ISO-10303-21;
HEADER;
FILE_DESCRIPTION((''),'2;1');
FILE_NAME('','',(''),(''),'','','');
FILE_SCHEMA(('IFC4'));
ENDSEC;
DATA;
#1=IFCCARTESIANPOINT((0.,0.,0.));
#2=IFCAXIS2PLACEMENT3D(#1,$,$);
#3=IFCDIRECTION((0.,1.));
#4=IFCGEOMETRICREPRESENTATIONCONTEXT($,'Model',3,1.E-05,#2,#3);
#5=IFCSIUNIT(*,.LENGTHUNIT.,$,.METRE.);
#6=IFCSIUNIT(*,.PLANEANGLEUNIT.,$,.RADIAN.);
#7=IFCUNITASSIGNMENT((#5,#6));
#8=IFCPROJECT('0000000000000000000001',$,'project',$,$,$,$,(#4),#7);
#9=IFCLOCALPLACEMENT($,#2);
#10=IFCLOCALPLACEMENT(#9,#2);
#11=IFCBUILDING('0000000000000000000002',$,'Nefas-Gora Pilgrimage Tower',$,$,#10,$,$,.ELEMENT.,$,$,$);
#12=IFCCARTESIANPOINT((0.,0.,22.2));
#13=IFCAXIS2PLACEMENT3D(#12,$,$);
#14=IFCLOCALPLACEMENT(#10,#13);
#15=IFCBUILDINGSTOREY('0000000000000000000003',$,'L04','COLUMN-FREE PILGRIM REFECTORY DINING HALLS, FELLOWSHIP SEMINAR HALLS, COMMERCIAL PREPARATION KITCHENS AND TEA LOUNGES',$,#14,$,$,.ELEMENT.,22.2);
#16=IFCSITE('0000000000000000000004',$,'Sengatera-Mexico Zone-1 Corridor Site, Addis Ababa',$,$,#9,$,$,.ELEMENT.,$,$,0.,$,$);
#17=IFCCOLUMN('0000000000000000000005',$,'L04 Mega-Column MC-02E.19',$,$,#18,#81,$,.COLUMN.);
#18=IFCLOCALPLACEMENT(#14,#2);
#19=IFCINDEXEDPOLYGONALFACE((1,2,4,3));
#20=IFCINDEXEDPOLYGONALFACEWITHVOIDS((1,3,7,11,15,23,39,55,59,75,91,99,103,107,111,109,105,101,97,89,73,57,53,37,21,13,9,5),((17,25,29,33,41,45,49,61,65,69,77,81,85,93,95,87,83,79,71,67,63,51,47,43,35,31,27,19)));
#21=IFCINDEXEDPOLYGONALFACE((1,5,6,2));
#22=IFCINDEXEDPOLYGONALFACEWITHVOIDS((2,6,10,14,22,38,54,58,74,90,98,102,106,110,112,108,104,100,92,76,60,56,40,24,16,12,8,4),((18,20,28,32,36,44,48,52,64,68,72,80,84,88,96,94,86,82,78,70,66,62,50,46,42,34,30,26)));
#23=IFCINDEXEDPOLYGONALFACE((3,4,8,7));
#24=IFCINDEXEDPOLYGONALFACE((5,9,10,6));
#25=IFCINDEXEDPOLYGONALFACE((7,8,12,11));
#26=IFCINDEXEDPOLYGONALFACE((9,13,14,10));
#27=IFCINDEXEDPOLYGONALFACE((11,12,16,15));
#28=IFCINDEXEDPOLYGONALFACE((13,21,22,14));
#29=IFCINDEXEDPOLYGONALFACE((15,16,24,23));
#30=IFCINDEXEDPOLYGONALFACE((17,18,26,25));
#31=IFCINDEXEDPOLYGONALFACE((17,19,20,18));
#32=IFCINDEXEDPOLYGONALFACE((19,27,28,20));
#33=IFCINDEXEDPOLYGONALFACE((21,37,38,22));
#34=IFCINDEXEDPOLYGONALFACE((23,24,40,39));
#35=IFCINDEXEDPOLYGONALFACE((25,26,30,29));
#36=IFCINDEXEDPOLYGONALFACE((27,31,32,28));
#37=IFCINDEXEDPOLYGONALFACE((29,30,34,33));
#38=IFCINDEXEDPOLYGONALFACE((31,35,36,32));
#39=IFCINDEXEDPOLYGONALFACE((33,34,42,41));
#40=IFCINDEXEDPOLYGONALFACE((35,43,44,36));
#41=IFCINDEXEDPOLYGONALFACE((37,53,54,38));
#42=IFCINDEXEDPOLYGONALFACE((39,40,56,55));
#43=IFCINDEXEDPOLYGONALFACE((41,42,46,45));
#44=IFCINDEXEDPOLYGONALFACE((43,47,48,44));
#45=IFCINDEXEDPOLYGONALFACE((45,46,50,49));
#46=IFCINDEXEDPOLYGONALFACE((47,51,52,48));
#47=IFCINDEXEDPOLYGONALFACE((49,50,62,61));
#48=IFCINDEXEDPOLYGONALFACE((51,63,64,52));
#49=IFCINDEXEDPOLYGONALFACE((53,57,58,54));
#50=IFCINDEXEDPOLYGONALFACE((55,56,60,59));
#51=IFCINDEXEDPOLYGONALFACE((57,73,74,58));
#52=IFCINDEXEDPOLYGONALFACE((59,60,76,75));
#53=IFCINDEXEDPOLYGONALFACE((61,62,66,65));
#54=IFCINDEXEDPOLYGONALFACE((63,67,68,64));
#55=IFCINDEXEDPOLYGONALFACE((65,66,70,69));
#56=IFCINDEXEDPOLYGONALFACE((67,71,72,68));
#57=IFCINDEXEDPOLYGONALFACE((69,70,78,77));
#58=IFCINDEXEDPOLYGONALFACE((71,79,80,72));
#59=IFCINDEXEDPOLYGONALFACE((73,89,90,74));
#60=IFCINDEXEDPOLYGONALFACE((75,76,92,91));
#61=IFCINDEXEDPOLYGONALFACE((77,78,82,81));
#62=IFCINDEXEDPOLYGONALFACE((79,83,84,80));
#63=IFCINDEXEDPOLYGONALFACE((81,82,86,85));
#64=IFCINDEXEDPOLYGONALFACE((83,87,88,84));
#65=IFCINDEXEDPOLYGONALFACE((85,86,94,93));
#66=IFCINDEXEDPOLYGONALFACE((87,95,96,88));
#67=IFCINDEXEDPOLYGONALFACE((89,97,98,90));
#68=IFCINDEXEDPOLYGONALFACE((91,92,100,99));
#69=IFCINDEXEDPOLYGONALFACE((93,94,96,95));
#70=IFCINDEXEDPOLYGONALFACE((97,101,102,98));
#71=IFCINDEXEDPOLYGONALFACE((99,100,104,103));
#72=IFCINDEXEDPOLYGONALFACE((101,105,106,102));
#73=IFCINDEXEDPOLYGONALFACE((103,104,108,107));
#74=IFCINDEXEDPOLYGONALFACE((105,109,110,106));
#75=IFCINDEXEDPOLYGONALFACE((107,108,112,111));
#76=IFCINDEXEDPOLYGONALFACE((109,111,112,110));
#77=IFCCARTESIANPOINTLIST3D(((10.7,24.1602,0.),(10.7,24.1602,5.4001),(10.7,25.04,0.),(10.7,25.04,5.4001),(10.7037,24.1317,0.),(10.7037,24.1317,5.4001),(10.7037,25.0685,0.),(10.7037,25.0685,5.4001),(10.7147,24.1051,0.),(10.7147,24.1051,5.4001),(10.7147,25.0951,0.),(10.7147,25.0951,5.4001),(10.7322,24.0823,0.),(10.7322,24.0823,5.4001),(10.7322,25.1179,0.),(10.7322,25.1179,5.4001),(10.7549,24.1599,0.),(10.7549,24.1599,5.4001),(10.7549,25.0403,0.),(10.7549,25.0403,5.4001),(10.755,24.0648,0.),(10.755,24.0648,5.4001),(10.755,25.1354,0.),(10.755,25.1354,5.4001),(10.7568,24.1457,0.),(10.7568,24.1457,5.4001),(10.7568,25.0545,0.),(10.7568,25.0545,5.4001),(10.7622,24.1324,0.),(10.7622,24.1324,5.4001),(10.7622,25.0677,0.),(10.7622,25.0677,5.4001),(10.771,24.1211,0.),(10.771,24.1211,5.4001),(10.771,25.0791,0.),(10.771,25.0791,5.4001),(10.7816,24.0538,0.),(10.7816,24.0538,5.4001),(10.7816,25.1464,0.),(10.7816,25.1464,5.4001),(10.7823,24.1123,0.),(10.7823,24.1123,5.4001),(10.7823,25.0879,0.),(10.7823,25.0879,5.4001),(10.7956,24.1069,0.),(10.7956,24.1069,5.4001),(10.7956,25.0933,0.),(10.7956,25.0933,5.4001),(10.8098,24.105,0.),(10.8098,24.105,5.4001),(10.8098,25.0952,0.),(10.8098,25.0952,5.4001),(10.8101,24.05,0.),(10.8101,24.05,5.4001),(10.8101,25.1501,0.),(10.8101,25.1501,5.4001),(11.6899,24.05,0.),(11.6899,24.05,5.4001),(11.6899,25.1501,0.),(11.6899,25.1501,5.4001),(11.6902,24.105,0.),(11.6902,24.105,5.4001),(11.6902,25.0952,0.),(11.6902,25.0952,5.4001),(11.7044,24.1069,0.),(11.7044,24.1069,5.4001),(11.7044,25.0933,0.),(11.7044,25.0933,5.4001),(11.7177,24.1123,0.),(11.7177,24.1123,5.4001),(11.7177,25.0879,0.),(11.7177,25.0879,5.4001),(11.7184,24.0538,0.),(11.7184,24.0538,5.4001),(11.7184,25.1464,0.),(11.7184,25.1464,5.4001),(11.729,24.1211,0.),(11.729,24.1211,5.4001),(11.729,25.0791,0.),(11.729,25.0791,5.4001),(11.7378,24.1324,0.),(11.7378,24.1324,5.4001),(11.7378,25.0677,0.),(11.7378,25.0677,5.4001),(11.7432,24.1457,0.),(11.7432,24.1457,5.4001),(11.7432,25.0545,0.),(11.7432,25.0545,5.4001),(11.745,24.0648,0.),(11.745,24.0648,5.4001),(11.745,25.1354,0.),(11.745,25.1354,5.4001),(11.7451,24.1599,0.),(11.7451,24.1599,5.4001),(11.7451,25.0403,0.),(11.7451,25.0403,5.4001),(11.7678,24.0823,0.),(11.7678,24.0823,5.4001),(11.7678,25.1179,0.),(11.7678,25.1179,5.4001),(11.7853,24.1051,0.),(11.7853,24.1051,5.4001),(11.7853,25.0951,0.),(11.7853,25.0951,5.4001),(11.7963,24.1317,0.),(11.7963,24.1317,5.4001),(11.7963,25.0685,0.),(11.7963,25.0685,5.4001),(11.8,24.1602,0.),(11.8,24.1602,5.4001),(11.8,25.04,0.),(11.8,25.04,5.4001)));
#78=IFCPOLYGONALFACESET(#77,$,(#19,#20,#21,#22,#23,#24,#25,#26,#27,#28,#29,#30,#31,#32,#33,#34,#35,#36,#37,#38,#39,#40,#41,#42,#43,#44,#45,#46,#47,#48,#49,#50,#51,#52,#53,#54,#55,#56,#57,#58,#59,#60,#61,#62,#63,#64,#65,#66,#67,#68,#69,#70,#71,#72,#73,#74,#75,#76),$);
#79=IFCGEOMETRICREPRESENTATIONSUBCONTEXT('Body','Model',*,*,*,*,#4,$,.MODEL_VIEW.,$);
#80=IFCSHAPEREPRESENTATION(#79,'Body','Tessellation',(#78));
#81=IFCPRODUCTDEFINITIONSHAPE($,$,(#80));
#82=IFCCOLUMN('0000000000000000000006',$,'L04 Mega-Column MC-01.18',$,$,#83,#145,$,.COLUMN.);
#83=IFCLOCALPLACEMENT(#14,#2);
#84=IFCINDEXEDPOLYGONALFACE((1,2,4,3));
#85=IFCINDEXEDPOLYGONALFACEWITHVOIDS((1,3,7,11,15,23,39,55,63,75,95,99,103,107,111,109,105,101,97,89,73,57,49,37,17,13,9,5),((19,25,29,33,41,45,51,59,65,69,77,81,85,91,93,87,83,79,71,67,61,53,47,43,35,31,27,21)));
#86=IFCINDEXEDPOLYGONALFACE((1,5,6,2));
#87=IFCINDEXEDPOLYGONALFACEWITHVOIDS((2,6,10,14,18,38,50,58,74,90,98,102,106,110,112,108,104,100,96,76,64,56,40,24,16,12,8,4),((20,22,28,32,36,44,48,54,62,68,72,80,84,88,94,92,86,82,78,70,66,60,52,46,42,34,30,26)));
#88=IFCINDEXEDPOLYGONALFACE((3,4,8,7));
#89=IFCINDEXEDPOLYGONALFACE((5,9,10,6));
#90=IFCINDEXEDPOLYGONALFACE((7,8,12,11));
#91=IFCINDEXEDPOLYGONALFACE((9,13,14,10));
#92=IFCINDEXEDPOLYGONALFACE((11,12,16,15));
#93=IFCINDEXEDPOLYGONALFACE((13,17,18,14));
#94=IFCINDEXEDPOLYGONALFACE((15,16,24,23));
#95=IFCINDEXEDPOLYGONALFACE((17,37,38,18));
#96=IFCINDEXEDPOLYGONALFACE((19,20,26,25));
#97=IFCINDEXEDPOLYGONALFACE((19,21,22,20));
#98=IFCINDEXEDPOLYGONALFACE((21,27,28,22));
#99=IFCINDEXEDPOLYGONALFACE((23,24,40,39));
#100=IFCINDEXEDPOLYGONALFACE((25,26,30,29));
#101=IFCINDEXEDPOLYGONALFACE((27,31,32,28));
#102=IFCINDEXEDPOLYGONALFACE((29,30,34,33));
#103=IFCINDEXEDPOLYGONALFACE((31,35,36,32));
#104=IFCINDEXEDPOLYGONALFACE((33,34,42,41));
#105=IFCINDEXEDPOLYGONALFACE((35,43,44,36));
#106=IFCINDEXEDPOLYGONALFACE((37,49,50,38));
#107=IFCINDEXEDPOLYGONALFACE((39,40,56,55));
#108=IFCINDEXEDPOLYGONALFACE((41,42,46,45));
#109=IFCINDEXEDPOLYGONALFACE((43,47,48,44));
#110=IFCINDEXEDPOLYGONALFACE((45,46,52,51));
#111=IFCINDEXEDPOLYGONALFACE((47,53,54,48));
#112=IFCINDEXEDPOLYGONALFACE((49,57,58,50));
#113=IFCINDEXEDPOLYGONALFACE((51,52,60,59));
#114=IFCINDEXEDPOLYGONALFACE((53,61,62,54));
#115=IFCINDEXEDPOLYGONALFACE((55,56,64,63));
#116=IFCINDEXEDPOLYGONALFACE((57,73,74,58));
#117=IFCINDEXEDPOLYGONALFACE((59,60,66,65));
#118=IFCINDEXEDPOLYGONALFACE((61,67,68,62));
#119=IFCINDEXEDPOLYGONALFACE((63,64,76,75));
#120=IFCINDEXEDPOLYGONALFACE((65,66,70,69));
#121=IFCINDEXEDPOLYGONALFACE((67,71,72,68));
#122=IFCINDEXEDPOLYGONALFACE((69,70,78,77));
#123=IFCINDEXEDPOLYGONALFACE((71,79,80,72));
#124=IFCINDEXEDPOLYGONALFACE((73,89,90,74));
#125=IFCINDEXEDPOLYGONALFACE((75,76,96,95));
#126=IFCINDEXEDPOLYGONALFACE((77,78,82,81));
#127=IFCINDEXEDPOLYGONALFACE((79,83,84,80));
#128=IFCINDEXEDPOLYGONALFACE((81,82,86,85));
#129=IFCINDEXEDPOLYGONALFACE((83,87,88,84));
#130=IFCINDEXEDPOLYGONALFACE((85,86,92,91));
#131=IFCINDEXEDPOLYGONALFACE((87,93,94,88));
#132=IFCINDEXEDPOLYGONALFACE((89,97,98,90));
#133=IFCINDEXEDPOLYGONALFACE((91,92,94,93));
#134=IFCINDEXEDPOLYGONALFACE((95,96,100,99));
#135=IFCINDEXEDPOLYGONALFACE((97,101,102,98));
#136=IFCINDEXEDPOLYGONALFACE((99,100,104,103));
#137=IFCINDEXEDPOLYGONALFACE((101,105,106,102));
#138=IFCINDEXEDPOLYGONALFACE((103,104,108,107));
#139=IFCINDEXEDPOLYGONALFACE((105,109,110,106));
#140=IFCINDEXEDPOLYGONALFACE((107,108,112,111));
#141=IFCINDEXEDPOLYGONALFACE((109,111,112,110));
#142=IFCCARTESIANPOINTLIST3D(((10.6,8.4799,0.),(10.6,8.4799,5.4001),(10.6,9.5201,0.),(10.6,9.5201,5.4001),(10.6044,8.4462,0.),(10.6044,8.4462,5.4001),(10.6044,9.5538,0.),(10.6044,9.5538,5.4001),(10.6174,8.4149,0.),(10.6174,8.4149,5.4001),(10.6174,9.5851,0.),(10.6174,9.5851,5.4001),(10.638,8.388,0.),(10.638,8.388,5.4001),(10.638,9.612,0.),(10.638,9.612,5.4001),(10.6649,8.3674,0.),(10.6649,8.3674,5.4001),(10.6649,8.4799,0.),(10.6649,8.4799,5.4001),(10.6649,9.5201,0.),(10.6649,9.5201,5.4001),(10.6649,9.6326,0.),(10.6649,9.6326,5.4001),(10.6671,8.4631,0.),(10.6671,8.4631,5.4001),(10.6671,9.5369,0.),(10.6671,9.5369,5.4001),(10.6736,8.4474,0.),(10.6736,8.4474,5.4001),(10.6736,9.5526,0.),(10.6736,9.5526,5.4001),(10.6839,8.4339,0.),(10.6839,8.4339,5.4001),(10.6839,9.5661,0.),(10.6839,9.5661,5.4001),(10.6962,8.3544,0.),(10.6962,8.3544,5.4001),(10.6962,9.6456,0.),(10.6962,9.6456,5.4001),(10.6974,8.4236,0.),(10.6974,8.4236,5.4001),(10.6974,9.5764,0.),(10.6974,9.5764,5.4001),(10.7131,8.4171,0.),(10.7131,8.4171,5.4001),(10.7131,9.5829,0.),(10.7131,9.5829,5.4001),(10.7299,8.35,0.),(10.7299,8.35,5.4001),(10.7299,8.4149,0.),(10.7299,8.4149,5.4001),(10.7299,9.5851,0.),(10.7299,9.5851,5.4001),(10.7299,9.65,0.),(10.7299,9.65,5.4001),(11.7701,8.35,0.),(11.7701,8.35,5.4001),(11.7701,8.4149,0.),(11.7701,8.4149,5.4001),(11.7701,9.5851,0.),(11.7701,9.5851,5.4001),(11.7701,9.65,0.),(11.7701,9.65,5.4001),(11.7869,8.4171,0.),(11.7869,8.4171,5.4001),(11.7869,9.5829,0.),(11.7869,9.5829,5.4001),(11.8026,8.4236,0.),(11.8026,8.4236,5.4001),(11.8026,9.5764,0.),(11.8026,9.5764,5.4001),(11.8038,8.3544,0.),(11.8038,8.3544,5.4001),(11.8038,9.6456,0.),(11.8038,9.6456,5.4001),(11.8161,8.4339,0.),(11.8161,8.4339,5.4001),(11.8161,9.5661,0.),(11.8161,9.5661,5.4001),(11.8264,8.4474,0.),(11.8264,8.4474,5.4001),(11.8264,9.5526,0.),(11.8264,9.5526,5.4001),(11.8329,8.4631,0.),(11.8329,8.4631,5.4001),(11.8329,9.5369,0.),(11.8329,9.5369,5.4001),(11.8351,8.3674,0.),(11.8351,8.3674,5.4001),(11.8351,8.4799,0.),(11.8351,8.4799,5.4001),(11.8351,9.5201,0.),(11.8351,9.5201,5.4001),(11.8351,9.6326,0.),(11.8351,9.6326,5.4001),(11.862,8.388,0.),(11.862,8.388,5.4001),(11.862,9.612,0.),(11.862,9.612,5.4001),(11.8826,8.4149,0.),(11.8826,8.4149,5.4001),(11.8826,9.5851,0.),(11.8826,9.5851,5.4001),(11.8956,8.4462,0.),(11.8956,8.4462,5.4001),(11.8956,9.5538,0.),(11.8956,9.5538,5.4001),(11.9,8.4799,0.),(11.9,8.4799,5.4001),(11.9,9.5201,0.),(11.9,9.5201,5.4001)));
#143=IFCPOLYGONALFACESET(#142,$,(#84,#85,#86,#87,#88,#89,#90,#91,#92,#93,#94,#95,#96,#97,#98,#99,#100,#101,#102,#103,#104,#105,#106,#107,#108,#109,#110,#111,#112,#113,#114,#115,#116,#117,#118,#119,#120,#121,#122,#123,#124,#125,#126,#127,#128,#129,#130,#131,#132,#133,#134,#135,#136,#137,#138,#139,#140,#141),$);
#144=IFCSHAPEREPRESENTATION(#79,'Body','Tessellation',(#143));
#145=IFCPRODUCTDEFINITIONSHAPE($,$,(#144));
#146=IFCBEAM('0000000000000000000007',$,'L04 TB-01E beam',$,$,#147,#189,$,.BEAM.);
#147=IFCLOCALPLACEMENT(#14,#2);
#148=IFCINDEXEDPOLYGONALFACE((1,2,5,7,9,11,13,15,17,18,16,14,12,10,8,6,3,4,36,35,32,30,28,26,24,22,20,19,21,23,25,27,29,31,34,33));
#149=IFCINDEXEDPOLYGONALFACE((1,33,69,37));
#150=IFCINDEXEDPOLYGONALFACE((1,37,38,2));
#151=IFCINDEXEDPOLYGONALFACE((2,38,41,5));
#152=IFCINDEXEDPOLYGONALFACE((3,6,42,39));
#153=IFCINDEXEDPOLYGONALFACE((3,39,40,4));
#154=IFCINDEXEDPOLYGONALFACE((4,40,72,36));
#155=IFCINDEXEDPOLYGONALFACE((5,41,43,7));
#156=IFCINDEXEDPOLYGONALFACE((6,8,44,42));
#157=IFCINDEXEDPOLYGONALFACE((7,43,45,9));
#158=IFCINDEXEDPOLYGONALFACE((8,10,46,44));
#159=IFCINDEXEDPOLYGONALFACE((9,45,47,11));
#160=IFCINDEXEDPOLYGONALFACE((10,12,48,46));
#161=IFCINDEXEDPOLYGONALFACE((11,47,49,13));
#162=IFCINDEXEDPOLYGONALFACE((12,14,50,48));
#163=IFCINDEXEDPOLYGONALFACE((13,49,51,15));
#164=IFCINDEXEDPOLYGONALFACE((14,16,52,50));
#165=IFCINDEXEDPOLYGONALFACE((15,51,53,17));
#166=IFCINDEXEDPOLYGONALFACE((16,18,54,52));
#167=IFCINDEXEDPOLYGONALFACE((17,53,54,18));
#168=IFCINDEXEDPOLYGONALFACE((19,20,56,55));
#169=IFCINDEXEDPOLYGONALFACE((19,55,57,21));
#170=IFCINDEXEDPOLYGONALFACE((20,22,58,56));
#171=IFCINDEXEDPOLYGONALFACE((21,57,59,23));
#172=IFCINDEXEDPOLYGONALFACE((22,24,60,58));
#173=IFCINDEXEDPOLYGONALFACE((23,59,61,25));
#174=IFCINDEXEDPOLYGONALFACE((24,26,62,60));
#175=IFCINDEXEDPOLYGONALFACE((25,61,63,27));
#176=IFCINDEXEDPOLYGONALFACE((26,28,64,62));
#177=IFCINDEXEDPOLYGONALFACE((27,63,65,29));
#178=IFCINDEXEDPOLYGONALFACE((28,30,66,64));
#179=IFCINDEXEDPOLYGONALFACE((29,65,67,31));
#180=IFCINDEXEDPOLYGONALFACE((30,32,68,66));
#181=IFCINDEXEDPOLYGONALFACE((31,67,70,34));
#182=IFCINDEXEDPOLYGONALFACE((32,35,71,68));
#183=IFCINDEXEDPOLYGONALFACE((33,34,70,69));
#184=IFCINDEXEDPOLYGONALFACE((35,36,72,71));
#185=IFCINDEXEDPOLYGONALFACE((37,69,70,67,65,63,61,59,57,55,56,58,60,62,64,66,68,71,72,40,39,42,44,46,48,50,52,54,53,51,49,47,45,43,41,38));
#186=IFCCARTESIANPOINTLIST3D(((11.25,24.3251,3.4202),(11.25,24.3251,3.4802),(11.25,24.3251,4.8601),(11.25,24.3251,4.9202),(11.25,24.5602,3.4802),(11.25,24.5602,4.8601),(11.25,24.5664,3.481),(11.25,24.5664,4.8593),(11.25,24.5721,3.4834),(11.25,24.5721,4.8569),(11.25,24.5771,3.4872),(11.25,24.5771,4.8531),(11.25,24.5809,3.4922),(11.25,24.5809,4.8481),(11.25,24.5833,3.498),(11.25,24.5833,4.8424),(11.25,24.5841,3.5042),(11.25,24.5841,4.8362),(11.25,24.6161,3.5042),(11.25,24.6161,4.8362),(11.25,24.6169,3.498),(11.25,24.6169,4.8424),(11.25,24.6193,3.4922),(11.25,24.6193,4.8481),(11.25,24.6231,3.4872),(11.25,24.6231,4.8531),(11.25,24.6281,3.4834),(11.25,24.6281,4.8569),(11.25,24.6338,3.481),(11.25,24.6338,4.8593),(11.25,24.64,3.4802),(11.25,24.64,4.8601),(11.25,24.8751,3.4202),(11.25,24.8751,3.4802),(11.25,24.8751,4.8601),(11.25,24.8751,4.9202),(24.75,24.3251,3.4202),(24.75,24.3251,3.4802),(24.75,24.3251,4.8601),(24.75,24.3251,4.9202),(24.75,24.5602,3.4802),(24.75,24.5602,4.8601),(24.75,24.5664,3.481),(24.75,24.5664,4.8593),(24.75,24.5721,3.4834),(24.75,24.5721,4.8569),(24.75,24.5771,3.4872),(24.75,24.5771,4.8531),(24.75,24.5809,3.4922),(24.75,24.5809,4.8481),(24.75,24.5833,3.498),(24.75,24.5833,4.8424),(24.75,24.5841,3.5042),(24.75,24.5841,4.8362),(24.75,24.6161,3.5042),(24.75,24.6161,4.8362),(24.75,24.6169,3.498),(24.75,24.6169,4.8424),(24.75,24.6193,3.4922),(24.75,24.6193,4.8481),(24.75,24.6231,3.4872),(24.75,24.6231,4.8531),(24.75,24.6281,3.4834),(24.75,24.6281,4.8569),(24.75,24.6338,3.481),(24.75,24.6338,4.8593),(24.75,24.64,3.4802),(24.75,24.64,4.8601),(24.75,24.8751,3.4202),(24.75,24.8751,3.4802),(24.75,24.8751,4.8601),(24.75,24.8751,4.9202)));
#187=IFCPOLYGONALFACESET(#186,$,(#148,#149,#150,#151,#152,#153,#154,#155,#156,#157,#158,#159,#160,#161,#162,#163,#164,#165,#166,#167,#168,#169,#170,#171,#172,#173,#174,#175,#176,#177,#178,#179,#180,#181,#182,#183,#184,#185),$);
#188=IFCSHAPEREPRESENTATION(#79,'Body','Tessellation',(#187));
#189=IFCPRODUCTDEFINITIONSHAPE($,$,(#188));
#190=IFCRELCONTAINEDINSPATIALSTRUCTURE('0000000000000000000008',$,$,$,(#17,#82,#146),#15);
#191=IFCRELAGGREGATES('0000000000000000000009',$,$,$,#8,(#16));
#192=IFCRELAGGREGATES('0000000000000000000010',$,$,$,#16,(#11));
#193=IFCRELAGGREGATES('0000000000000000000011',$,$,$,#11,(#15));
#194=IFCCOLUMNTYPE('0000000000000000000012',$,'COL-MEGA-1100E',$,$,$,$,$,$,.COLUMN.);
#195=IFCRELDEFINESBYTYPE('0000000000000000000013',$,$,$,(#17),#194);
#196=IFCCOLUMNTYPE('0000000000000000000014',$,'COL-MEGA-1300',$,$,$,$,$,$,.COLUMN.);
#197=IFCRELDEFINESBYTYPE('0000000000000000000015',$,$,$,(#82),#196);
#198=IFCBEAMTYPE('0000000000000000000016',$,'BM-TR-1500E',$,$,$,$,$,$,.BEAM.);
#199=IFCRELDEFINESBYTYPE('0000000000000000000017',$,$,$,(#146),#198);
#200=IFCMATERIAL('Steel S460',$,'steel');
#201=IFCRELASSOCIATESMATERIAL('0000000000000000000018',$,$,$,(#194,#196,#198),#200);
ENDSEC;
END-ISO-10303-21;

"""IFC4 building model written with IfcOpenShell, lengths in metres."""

from ifc_helpers import new_model, si_unit, direction, frame, origin, origin_2d, place, context, subcontext, project, spatial, hollow_rectangle, i_section, extrude, source, transform, mapped, material, material_profile, profile_set, type_object, element, save


model = new_model("IFC4")

# Units and contexts
model_context = context("Model", 3, precision=1e-05, world=origin(), true_north=direction((0.0, 1.0)))
body_context = subcontext(model_context, "Body", "Model", "MODEL_VIEW")
ifc_project = project(units=[si_unit("LENGTHUNIT", "METRE"), si_unit("PLANEANGLEUNIT", "RADIAN")], contexts=[model_context])

# Site, building, storey
site_placement = place(None, origin())
site = spatial("IfcSite", under=ifc_project, at=site_placement, Name="Sengatera-Mexico Zone-1 Corridor Site, Addis Ababa", CompositionType="ELEMENT", RefElevation=0.0)
building_placement = place(site_placement, origin())
building = spatial("IfcBuilding", under=site, at=building_placement, Name="Nefas-Gora Pilgrimage Tower", CompositionType="ELEMENT")
storey_placement = place(building_placement, frame((0.0, 0.0, 22.2)))
storey = spatial("IfcBuildingStorey", under=building, at=storey_placement, Name="L04", Description="COLUMN-FREE PILGRIM REFECTORY DINING HALLS, FELLOWSHIP SEMINAR HALLS, COMMERCIAL PREPARATION KITCHENS AND TEA LOUNGES", CompositionType="ELEMENT", Elevation=22.2)

# Columns
ifc_material_1 = material(Name="Steel S460", Category="steel")
ifc_material_profile_1 = material_profile(ifc_material_1, hollow_rectangle(XDim=1.1001, YDim=1.1001, WallThickness=0.0549, InnerFilletRadius=0.0549, OuterFilletRadius=0.1101, at=origin_2d()), Name="BOX 1100x1100x55")
ifc_profile_set_1 = profile_set([ifc_material_profile_1], Name="Steel S460")
column_type_1 = type_object("IfcColumnType", Name="COL-MEGA-1100E", PredefinedType="COLUMN", material=ifc_profile_set_1)
shared_shape_1 = source(origin(), body_context, "Body", "SweptSolid", [
    extrude(hollow_rectangle(XDim=1.1001, YDim=1.1001, WallThickness=0.0549, InnerFilletRadius=0.0549, OuterFilletRadius=0.1101, at=origin_2d()), origin(), (0.0, 0.0, 1.0), 5.4001),
])
column_1_placement = place(storey_placement, frame((11.25, 24.6001, 0.0), z_axis=(0.0, 0.0, 1.0), x_axis=(1.0, 0.0, 0.0)))
element("IfcColumn", 1, at=column_1_placement, inside=storey, type_object=column_type_1, Name="L04 Mega-Column MC-02E.19", PredefinedType="COLUMN", context=body_context, shape_type="MappedRepresentation", body=[
    mapped(shared_shape_1, transform((0.0, 0.0, 0.0), x_axis=(1.0, 0.0, 0.0), y_axis=(0.0, 1.0, 0.0), z_axis=(0.0, 0.0, 1.0), scale=1.0)),
])
ifc_material_profile_2 = material_profile(ifc_material_1, hollow_rectangle(XDim=1.3, YDim=1.3, WallThickness=0.0649, InnerFilletRadius=0.0649, OuterFilletRadius=0.1299, at=origin_2d()), Name="BOX 1300x1300x65")
ifc_profile_set_2 = profile_set([ifc_material_profile_2], Name="Steel S460")
column_type_2 = type_object("IfcColumnType", Name="COL-MEGA-1300", PredefinedType="COLUMN", material=ifc_profile_set_2)
shared_shape_2 = source(origin(), body_context, "Body", "SweptSolid", [
    extrude(hollow_rectangle(XDim=1.3, YDim=1.3, WallThickness=0.0649, InnerFilletRadius=0.0649, OuterFilletRadius=0.1299, at=origin_2d()), origin(), (0.0, 0.0, 1.0), 5.4001),
])
column_2_placement = place(storey_placement, frame((11.25, 9.0, 0.0), z_axis=(0.0, 0.0, 1.0), x_axis=(1.0, 0.0, 0.0)))
element("IfcColumn", 2, at=column_2_placement, inside=storey, type_object=column_type_2, Name="L04 Mega-Column MC-01.18", PredefinedType="COLUMN", context=body_context, shape_type="MappedRepresentation", body=[
    mapped(shared_shape_2, transform((0.0, 0.0, 0.0), x_axis=(1.0, 0.0, 0.0), y_axis=(0.0, 1.0, 0.0), z_axis=(0.0, 0.0, 1.0), scale=1.0)),
])

# Beam
ifc_material_profile_3 = material_profile(ifc_material_1, i_section(OverallWidth=0.55, OverallDepth=1.5, WebThickness=0.032, FlangeThickness=0.0601, FilletRadius=0.0239, at=origin_2d()), Name="WPG 1500x550x32x60")
ifc_profile_set_3 = profile_set([ifc_material_profile_3], Name="Steel S460")
beam_type_1 = type_object("IfcBeamType", Name="BM-TR-1500E", PredefinedType="BEAM", material=ifc_profile_set_3)
shared_shape_3 = source(origin(), body_context, "Body", "SweptSolid", [
    extrude(i_section(OverallWidth=0.55, OverallDepth=1.5, WebThickness=0.032, FlangeThickness=0.0601, FilletRadius=0.0239, at=origin_2d()), origin(), (0.0, 0.0, 1.0), 13.5),
])
beam_1_placement = place(storey_placement, frame((11.25, 24.6001, 4.1702), z_axis=(1.0, 0.0, 0.0), x_axis=(0.0, 1.0, 0.0)))
element("IfcBeam", 3, at=beam_1_placement, inside=storey, type_object=beam_type_1, Name="L04 TB-01E beam", PredefinedType="BEAM", context=body_context, shape_type="MappedRepresentation", body=[
    mapped(shared_shape_3, transform((0.0, 0.0, 0.0), x_axis=(1.0, 0.0, 0.0), y_axis=(0.0, 1.0, 0.0), z_axis=(0.0, 0.0, 1.0), scale=1.0)),
])

save(model, "model.ifc")
